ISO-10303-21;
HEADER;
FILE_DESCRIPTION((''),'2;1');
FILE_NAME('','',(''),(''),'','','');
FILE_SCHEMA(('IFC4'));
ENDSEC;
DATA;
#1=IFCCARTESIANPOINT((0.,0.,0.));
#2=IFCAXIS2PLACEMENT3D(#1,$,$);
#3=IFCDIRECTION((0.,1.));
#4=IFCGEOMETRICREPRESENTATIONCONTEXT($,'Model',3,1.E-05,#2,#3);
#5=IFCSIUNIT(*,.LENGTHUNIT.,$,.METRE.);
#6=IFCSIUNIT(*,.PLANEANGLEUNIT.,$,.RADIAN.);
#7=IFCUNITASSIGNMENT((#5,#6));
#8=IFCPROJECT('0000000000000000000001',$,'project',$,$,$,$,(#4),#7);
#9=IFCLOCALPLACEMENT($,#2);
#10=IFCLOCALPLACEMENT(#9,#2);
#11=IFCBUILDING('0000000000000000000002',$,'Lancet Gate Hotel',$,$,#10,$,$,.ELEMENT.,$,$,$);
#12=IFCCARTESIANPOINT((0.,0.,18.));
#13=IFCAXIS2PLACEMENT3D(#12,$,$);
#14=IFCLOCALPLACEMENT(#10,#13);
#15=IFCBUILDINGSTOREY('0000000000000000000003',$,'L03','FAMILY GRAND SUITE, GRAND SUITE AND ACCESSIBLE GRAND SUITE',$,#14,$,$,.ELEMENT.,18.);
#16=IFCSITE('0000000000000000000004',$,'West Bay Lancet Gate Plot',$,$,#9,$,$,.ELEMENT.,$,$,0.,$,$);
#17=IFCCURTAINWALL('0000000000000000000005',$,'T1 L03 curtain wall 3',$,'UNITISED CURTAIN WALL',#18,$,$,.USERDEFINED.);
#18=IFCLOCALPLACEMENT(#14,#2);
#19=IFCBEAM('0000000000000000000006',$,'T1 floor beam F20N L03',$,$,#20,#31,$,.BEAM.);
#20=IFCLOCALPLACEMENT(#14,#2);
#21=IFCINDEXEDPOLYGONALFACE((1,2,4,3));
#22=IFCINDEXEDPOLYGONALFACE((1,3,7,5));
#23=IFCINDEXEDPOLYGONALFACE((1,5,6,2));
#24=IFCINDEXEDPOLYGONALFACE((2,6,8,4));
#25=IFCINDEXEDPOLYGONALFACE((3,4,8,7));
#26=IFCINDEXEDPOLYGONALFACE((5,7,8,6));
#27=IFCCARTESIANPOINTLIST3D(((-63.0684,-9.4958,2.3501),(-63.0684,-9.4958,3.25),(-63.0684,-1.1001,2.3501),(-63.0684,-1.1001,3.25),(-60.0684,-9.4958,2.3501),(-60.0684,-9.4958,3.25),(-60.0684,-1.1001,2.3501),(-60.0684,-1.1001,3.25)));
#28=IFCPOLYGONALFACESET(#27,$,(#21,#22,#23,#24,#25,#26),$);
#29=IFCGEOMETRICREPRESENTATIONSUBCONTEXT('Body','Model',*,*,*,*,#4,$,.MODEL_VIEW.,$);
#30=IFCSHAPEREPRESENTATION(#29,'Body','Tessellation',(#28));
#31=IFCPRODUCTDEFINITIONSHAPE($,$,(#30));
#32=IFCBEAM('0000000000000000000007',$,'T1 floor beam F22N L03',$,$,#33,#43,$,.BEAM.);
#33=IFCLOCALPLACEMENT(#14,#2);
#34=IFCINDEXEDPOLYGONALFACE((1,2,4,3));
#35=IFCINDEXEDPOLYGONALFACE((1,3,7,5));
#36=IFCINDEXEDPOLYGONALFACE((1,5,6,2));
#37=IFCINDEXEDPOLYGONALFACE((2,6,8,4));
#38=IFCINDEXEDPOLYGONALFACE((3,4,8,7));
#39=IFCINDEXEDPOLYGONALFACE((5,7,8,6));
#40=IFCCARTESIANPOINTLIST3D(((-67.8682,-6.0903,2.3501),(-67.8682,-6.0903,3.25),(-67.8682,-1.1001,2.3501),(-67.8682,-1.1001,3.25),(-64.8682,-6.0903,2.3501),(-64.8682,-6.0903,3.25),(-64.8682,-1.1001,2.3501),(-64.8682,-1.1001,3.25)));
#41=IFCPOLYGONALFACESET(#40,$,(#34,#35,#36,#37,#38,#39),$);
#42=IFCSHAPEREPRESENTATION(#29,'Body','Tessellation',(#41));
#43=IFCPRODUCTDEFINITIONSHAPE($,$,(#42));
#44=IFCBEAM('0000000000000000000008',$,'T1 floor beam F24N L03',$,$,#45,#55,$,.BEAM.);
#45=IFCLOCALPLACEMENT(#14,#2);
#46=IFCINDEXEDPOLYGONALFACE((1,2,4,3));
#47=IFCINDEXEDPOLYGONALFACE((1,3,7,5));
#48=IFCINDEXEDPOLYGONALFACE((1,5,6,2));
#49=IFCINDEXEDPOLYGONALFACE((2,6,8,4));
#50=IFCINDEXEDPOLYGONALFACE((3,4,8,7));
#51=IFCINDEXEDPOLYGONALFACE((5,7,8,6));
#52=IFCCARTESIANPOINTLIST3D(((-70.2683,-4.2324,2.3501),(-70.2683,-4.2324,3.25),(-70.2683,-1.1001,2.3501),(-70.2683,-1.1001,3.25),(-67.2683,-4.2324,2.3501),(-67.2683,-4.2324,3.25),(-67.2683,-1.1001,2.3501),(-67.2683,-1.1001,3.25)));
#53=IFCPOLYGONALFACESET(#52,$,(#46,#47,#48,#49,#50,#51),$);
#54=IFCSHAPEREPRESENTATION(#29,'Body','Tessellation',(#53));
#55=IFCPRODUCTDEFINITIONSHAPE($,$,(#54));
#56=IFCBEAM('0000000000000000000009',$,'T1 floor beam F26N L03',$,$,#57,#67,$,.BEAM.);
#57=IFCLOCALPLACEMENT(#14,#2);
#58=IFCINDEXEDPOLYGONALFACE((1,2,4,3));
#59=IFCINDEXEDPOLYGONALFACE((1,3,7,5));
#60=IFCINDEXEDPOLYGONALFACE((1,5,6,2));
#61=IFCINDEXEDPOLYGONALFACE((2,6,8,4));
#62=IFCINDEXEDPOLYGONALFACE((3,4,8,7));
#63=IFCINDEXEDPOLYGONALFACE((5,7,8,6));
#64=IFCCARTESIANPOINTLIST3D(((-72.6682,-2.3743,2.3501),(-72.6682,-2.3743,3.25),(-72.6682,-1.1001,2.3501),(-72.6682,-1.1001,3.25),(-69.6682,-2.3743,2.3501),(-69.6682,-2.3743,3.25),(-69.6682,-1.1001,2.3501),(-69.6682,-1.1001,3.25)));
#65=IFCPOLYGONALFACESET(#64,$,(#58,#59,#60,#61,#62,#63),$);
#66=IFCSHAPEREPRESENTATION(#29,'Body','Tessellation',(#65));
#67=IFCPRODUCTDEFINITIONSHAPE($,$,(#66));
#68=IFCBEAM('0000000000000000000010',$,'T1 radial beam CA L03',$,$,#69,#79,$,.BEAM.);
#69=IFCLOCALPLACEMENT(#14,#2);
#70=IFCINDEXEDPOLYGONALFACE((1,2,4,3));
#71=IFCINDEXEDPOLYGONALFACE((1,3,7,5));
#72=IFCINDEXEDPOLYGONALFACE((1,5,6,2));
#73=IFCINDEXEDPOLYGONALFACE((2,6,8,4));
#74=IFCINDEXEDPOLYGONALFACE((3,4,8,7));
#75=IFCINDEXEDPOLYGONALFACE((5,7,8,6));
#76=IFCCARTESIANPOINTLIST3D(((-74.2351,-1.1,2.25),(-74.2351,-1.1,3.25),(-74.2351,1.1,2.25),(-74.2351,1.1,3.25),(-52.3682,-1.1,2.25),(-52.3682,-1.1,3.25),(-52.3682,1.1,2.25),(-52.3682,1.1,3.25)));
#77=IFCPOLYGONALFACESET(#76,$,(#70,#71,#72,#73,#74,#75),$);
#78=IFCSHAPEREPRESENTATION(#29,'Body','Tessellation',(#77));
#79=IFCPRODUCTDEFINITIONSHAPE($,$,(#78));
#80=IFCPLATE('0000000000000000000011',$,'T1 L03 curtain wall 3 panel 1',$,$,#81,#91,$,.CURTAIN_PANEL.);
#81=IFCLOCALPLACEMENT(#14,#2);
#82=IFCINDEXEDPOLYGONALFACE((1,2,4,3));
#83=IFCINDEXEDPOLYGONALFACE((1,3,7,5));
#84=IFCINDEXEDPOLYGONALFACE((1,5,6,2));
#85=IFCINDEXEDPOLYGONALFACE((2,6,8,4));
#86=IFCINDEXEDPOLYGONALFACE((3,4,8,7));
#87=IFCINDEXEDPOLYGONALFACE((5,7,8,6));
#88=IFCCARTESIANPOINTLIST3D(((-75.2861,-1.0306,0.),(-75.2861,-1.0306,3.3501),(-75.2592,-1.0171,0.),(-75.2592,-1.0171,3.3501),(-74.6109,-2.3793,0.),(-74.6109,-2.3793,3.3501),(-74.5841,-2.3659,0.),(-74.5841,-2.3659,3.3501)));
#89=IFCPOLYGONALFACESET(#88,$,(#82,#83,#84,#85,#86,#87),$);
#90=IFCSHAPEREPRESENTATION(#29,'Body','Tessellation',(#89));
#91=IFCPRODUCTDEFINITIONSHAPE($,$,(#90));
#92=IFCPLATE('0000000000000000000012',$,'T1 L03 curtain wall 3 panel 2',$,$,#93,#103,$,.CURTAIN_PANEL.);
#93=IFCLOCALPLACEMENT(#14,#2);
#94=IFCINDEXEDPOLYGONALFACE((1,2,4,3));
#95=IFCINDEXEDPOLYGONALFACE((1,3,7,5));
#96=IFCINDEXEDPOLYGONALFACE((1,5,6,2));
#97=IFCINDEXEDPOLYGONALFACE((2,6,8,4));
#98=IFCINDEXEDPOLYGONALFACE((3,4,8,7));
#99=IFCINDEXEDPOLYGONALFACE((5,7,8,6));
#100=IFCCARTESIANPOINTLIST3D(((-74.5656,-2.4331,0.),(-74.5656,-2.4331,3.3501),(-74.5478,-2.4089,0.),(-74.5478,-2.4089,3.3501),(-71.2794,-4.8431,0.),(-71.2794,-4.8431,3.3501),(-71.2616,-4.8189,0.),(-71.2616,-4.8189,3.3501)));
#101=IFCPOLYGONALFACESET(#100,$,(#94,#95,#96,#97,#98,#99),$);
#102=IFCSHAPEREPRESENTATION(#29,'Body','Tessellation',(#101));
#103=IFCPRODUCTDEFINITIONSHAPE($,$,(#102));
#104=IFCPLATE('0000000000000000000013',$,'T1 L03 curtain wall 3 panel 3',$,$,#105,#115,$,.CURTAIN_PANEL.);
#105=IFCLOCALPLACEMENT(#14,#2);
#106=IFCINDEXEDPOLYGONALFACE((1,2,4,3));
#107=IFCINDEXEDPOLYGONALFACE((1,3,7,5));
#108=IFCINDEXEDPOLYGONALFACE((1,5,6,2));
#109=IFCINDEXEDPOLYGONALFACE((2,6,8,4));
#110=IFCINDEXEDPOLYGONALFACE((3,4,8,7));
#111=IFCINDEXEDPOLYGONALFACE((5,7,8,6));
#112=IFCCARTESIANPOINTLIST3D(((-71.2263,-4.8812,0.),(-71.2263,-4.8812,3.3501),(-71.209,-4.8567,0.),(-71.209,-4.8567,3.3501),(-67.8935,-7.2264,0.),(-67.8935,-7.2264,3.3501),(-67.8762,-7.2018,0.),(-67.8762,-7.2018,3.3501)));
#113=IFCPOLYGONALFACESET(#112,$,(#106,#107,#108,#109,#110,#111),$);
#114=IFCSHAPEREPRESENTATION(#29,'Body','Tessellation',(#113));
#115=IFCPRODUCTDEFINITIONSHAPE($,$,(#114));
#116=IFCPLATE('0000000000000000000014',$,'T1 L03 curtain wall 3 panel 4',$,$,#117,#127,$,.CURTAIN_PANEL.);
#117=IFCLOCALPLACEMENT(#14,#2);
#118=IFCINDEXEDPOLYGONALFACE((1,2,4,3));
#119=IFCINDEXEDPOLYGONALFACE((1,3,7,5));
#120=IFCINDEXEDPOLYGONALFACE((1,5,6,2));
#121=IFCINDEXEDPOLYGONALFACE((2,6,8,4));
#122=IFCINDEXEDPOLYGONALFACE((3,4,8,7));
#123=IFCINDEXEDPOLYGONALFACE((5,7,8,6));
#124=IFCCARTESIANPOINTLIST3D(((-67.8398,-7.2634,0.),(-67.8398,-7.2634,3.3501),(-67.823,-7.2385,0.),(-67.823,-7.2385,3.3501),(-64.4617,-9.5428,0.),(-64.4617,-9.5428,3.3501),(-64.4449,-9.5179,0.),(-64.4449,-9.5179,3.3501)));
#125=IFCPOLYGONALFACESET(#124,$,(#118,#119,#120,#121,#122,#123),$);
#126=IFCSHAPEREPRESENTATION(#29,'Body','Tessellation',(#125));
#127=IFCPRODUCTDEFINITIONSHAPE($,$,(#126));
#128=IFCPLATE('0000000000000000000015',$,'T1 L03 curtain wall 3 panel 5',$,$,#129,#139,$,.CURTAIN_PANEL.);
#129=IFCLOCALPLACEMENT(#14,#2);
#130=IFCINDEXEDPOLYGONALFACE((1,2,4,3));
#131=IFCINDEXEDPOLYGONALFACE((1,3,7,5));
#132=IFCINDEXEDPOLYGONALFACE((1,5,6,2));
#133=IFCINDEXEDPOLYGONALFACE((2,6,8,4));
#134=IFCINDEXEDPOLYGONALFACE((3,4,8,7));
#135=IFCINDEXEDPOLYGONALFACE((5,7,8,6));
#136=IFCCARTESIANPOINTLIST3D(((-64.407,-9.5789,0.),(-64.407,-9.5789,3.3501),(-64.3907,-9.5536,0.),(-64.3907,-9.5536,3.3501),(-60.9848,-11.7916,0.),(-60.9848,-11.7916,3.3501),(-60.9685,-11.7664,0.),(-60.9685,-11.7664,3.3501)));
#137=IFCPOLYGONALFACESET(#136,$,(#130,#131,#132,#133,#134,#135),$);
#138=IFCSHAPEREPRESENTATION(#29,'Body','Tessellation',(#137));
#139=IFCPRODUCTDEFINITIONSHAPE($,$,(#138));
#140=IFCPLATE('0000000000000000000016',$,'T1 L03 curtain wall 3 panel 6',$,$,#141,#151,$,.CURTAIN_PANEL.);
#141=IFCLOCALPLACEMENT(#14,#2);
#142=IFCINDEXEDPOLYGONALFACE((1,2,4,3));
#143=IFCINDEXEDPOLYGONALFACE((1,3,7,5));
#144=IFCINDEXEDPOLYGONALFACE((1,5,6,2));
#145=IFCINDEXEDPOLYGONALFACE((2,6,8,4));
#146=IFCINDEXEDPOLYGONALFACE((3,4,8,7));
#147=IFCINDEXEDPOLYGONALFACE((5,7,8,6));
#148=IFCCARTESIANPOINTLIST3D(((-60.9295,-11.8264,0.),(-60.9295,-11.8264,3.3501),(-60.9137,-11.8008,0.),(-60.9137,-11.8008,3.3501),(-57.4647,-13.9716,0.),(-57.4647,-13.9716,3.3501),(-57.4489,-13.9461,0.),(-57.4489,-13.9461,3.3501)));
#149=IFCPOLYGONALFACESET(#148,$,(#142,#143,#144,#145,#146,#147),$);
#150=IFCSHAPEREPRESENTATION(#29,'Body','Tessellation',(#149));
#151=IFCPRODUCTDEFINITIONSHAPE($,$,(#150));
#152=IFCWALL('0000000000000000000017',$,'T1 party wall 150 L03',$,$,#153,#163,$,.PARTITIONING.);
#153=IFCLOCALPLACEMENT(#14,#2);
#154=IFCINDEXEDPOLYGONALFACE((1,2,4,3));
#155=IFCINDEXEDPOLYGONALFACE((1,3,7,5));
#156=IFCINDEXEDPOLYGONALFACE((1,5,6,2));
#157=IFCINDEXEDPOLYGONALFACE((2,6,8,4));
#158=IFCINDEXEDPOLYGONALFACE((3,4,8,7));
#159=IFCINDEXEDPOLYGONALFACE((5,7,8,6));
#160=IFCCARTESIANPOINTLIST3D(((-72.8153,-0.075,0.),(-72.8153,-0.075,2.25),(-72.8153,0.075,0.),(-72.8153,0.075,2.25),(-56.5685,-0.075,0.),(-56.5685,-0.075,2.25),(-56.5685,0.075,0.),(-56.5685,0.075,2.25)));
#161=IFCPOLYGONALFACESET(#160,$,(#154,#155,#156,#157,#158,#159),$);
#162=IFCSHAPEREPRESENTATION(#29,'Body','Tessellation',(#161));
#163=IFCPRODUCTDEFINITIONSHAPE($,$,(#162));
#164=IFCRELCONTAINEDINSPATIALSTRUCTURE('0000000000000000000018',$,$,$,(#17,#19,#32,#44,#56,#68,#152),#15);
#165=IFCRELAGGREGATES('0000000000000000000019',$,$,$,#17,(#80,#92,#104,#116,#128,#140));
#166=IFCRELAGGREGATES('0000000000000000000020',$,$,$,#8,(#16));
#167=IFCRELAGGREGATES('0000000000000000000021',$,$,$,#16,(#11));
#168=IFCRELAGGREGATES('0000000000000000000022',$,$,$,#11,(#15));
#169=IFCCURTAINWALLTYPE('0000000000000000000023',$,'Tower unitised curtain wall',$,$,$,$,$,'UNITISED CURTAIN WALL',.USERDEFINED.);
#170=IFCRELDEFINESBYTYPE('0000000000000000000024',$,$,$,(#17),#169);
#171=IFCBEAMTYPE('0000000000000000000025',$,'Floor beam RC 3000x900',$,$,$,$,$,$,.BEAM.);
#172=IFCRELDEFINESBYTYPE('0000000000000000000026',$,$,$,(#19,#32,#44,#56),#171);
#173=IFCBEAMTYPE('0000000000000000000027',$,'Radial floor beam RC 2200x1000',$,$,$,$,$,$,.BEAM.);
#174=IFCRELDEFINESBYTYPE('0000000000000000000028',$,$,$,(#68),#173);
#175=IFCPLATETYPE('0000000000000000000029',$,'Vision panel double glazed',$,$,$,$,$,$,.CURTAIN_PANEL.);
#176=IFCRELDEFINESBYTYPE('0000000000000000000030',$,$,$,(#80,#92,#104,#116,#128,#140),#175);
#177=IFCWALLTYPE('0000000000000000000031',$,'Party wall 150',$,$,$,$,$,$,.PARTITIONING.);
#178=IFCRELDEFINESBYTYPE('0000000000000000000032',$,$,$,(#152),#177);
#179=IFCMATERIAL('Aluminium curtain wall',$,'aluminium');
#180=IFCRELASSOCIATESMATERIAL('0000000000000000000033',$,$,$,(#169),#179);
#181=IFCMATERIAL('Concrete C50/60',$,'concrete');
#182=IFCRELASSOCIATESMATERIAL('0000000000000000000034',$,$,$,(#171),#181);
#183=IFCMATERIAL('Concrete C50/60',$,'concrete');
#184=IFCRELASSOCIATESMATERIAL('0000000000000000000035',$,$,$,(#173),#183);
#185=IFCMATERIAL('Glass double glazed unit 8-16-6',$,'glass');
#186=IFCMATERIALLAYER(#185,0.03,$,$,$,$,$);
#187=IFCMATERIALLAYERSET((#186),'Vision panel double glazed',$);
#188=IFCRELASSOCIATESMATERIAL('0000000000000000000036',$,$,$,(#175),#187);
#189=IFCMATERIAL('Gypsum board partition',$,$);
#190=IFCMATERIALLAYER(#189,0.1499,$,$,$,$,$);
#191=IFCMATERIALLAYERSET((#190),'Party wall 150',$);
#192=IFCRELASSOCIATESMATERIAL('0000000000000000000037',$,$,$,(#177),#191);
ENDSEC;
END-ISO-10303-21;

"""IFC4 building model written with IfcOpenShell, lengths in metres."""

from ifc_helpers import new_model, si_unit, direction, frame, frame_2d, origin, origin_2d, place, context, subcontext, project, spatial, rectangle, extrude, material, layer, layer_set, material_profile, profile_set, type_object, element, aggregate, save


model = new_model("IFC4")

# Units and contexts
model_context = context("Model", 3, precision=1e-05, world=origin(), true_north=direction((0.0, 1.0)))
body_context = subcontext(model_context, "Body", "Model", "MODEL_VIEW")
ifc_project = project(units=[si_unit("LENGTHUNIT", "METRE"), si_unit("PLANEANGLEUNIT", "RADIAN")], contexts=[model_context])

# Site, building, storey
site_placement = place(None, origin())
site = spatial("IfcSite", under=ifc_project, at=site_placement, Name="West Bay Lancet Gate Plot", CompositionType="ELEMENT", RefElevation=0.0)
building_placement = place(site_placement, origin())
building = spatial("IfcBuilding", under=site, at=building_placement, Name="Lancet Gate Hotel", CompositionType="ELEMENT")
storey_placement = place(building_placement, frame((0.0, 0.0, 18.0)))
storey = spatial("IfcBuildingStorey", under=building, at=storey_placement, Name="L03", Description="FAMILY GRAND SUITE, GRAND SUITE AND ACCESSIBLE GRAND SUITE", CompositionType="ELEMENT", Elevation=18.0)

# Curtain wall
ifc_material_1 = material(Name="Aluminium curtain wall", Category="aluminium")
curtain_wall_type = type_object("IfcCurtainWallType", Name="Tower unitised curtain wall", ElementType="UNITISED CURTAIN WALL", PredefinedType="USERDEFINED", material=ifc_material_1)
curtain_wall_placement = place(storey_placement, origin())
curtain_wall = element("IfcCurtainWall", 1, at=curtain_wall_placement, inside=storey, type_object=curtain_wall_type, Name="T1 L03 curtain wall 3", ObjectType="UNITISED CURTAIN WALL", PredefinedType="USERDEFINED")

# Beams
ifc_material_2 = material(Name="Concrete C50/60", Category="concrete")
ifc_material_profile_1 = material_profile(ifc_material_2, rectangle(XDim=3.0, YDim=0.8999, at=origin_2d()), Name="RC 3000x900")
ifc_profile_set_1 = profile_set([ifc_material_profile_1], Name="Concrete C50/60")
beam_type_1 = type_object("IfcBeamType", Name="Floor beam RC 3000x900", PredefinedType="BEAM", material=ifc_profile_set_1)
beam_1_placement = place(storey_placement, frame((-61.5684, -1.1001, 2.8), z_axis=(0.0, -1.0, 0.0), x_axis=(1.0, 0.0, 0.0)))
element("IfcBeam", 2, at=beam_1_placement, inside=storey, type_object=beam_type_1, Name="T1 floor beam F20N L03", PredefinedType="BEAM", context=body_context, shape_type="SweptSolid", body=[
    extrude(rectangle(XDim=3.0, YDim=0.8999, at=origin_2d()), origin(), (0.0, 0.0, 1.0), 8.3958),
])
beam_2_placement = place(storey_placement, frame((-66.3682, -1.1001, 2.8), z_axis=(0.0, -1.0, 0.0), x_axis=(1.0, 0.0, 0.0)))
element("IfcBeam", 3, at=beam_2_placement, inside=storey, type_object=beam_type_1, Name="T1 floor beam F22N L03", PredefinedType="BEAM", context=body_context, shape_type="SweptSolid", body=[
    extrude(rectangle(XDim=3.0, YDim=0.8999, at=origin_2d()), origin(), (0.0, 0.0, 1.0), 4.9902),
])
beam_3_placement = place(storey_placement, frame((-68.7683, -1.1001, 2.8), z_axis=(0.0, -1.0, 0.0), x_axis=(1.0, 0.0, 0.0)))
element("IfcBeam", 4, at=beam_3_placement, inside=storey, type_object=beam_type_1, Name="T1 floor beam F24N L03", PredefinedType="BEAM", context=body_context, shape_type="SweptSolid", body=[
    extrude(rectangle(XDim=3.0, YDim=0.8999, at=origin_2d()), origin(), (0.0, 0.0, 1.0), 3.1323),
])
beam_4_placement = place(storey_placement, frame((-71.1682, -1.1001, 2.8), z_axis=(0.0, -1.0, 0.0), x_axis=(1.0, 0.0, 0.0)))
element("IfcBeam", 5, at=beam_4_placement, inside=storey, type_object=beam_type_1, Name="T1 floor beam F26N L03", PredefinedType="BEAM", context=body_context, shape_type="SweptSolid", body=[
    extrude(rectangle(XDim=3.0, YDim=0.8999, at=origin_2d()), origin(), (0.0, 0.0, 1.0), 1.2742),
])
ifc_material_3 = material(Name="Concrete C50/60", Category="concrete")
ifc_material_profile_2 = material_profile(ifc_material_3, rectangle(XDim=2.2, YDim=1.0, at=origin_2d()), Name="RC 2200x1000")
ifc_profile_set_2 = profile_set([ifc_material_profile_2], Name="Concrete C50/60")
beam_type_2 = type_object("IfcBeamType", Name="Radial floor beam RC 2200x1000", PredefinedType="BEAM", material=ifc_profile_set_2)
beam_5_placement = place(storey_placement, frame((-74.2351, 0.0, 2.75), z_axis=(1.0, 0.0, 0.0), x_axis=(0.0, 1.0, 0.0)))
element("IfcBeam", 6, at=beam_5_placement, inside=storey, type_object=beam_type_2, Name="T1 radial beam CA L03", PredefinedType="BEAM", context=body_context, shape_type="SweptSolid", body=[
    extrude(rectangle(XDim=2.2, YDim=1.0, at=origin_2d()), origin(), (0.0, 0.0, 1.0), 21.8669),
])

# Plates
ifc_material_4 = material(Name="Glass double glazed unit 8-16-6", Category="glass")
ifc_layer_1 = layer(ifc_material_4, 0.03)
ifc_layer_set_1 = layer_set([ifc_layer_1], Name="Vision panel double glazed")
plate_type = type_object("IfcPlateType", Name="Vision panel double glazed", PredefinedType="CURTAIN_PANEL", material=ifc_layer_set_1)
plate_1_placement = place(storey_placement, frame((-74.9351, -1.6982, 0.0), z_axis=(0.0, 0.0, 1.0), x_axis=(0.447628, -0.89422, 0.0)))
plate_1 = element("IfcPlate", 7, at=plate_1_placement, type_object=plate_type, Name="T1 L03 curtain wall 3 panel 1", PredefinedType="CURTAIN_PANEL", context=body_context, shape_type="SweptSolid", body=[
    extrude(rectangle(XDim=1.5083, YDim=0.03, at=origin_2d()), origin(), (0.0, 0.0, 1.0), 3.3501),
])
plate_2_placement = place(storey_placement, frame((-72.9136, -3.626, 0.0), z_axis=(0.0, 0.0, 1.0), x_axis=(0.80639, -0.591384, 0.0)))
plate_2 = element("IfcPlate", 8, at=plate_2_placement, type_object=plate_type, Name="T1 L03 curtain wall 3 panel 2", PredefinedType="CURTAIN_PANEL", context=body_context, shape_type="SweptSolid", body=[
    extrude(rectangle(XDim=4.0752, YDim=0.03, at=origin_2d()), origin(), (0.0, 0.0, 1.0), 3.3501),
])
plate_3_placement = place(storey_placement, frame((-69.5513, -6.0415, 0.0), z_axis=(0.0, 0.0, 1.0), x_axis=(0.817825, -0.575467, 0.0)))
plate_3 = element("IfcPlate", 9, at=plate_3_placement, type_object=plate_type, Name="T1 L03 curtain wall 3 panel 3", PredefinedType="CURTAIN_PANEL", context=body_context, shape_type="SweptSolid", body=[
    extrude(rectangle(XDim=4.0752, YDim=0.03, at=origin_2d()), origin(), (0.0, 0.0, 1.0), 3.3501),
])
plate_4_placement = place(storey_placement, frame((-66.1423, -8.3906, 0.0), z_axis=(0.0, 0.0, 1.0), x_axis=(0.828946, -0.559329, 0.0)))
plate_4 = element("IfcPlate", 10, at=plate_4_placement, type_object=plate_type, Name="T1 L03 curtain wall 3 panel 4", PredefinedType="CURTAIN_PANEL", context=body_context, shape_type="SweptSolid", body=[
    extrude(rectangle(XDim=4.0752, YDim=0.03, at=origin_2d()), origin(), (0.0, 0.0, 1.0), 3.3501),
])
plate_5_placement = place(storey_placement, frame((-62.6877, -10.6726, 0.0), z_axis=(0.0, 0.0, 1.0), x_axis=(0.839749, -0.542975, 0.0)))
plate_5 = element("IfcPlate", 11, at=plate_5_placement, type_object=plate_type, Name="T1 L03 curtain wall 3 panel 5", PredefinedType="CURTAIN_PANEL", context=body_context, shape_type="SweptSolid", body=[
    extrude(rectangle(XDim=4.0752, YDim=0.03, at=origin_2d()), origin(), (0.0, 0.0, 1.0), 3.3501),
])
plate_6_placement = place(storey_placement, frame((-59.1892, -12.8862, 0.0), z_axis=(0.0, 0.0, 1.0), x_axis=(0.850229, -0.526414, 0.0)))
plate_6 = element("IfcPlate", 12, at=plate_6_placement, type_object=plate_type, Name="T1 L03 curtain wall 3 panel 6", PredefinedType="CURTAIN_PANEL", context=body_context, shape_type="SweptSolid", body=[
    extrude(rectangle(XDim=4.0752, YDim=0.03, at=origin_2d()), origin(), (0.0, 0.0, 1.0), 3.3501),
])
aggregate(curtain_wall, [plate_1, plate_2, plate_3, plate_4, plate_5, plate_6])

# Wall
ifc_material_5 = material(Name="Gypsum board partition")
ifc_layer_2 = layer(ifc_material_5, 0.1499)
ifc_layer_set_2 = layer_set([ifc_layer_2], Name="Party wall 150")
wall_type = type_object("IfcWallType", Name="Party wall 150", PredefinedType="PARTITIONING", material=ifc_layer_set_2)
wall_placement = place(storey_placement, frame((-56.5684, 0.0, 0.0), z_axis=(0.0, 0.0, 1.0), x_axis=(-1.0, 0.0, 0.0)))
element("IfcWall", 13, at=wall_placement, inside=storey, type_object=wall_type, Name="T1 party wall 150 L03", PredefinedType="PARTITIONING", context=body_context, shape_type="SweptSolid", body=[
    extrude(rectangle(XDim=16.2468, YDim=0.1499, at=frame_2d((8.1235, 0.0))), origin(), (0.0, 0.0, 1.0), 2.25),
])

save(model, "model.ifc")
